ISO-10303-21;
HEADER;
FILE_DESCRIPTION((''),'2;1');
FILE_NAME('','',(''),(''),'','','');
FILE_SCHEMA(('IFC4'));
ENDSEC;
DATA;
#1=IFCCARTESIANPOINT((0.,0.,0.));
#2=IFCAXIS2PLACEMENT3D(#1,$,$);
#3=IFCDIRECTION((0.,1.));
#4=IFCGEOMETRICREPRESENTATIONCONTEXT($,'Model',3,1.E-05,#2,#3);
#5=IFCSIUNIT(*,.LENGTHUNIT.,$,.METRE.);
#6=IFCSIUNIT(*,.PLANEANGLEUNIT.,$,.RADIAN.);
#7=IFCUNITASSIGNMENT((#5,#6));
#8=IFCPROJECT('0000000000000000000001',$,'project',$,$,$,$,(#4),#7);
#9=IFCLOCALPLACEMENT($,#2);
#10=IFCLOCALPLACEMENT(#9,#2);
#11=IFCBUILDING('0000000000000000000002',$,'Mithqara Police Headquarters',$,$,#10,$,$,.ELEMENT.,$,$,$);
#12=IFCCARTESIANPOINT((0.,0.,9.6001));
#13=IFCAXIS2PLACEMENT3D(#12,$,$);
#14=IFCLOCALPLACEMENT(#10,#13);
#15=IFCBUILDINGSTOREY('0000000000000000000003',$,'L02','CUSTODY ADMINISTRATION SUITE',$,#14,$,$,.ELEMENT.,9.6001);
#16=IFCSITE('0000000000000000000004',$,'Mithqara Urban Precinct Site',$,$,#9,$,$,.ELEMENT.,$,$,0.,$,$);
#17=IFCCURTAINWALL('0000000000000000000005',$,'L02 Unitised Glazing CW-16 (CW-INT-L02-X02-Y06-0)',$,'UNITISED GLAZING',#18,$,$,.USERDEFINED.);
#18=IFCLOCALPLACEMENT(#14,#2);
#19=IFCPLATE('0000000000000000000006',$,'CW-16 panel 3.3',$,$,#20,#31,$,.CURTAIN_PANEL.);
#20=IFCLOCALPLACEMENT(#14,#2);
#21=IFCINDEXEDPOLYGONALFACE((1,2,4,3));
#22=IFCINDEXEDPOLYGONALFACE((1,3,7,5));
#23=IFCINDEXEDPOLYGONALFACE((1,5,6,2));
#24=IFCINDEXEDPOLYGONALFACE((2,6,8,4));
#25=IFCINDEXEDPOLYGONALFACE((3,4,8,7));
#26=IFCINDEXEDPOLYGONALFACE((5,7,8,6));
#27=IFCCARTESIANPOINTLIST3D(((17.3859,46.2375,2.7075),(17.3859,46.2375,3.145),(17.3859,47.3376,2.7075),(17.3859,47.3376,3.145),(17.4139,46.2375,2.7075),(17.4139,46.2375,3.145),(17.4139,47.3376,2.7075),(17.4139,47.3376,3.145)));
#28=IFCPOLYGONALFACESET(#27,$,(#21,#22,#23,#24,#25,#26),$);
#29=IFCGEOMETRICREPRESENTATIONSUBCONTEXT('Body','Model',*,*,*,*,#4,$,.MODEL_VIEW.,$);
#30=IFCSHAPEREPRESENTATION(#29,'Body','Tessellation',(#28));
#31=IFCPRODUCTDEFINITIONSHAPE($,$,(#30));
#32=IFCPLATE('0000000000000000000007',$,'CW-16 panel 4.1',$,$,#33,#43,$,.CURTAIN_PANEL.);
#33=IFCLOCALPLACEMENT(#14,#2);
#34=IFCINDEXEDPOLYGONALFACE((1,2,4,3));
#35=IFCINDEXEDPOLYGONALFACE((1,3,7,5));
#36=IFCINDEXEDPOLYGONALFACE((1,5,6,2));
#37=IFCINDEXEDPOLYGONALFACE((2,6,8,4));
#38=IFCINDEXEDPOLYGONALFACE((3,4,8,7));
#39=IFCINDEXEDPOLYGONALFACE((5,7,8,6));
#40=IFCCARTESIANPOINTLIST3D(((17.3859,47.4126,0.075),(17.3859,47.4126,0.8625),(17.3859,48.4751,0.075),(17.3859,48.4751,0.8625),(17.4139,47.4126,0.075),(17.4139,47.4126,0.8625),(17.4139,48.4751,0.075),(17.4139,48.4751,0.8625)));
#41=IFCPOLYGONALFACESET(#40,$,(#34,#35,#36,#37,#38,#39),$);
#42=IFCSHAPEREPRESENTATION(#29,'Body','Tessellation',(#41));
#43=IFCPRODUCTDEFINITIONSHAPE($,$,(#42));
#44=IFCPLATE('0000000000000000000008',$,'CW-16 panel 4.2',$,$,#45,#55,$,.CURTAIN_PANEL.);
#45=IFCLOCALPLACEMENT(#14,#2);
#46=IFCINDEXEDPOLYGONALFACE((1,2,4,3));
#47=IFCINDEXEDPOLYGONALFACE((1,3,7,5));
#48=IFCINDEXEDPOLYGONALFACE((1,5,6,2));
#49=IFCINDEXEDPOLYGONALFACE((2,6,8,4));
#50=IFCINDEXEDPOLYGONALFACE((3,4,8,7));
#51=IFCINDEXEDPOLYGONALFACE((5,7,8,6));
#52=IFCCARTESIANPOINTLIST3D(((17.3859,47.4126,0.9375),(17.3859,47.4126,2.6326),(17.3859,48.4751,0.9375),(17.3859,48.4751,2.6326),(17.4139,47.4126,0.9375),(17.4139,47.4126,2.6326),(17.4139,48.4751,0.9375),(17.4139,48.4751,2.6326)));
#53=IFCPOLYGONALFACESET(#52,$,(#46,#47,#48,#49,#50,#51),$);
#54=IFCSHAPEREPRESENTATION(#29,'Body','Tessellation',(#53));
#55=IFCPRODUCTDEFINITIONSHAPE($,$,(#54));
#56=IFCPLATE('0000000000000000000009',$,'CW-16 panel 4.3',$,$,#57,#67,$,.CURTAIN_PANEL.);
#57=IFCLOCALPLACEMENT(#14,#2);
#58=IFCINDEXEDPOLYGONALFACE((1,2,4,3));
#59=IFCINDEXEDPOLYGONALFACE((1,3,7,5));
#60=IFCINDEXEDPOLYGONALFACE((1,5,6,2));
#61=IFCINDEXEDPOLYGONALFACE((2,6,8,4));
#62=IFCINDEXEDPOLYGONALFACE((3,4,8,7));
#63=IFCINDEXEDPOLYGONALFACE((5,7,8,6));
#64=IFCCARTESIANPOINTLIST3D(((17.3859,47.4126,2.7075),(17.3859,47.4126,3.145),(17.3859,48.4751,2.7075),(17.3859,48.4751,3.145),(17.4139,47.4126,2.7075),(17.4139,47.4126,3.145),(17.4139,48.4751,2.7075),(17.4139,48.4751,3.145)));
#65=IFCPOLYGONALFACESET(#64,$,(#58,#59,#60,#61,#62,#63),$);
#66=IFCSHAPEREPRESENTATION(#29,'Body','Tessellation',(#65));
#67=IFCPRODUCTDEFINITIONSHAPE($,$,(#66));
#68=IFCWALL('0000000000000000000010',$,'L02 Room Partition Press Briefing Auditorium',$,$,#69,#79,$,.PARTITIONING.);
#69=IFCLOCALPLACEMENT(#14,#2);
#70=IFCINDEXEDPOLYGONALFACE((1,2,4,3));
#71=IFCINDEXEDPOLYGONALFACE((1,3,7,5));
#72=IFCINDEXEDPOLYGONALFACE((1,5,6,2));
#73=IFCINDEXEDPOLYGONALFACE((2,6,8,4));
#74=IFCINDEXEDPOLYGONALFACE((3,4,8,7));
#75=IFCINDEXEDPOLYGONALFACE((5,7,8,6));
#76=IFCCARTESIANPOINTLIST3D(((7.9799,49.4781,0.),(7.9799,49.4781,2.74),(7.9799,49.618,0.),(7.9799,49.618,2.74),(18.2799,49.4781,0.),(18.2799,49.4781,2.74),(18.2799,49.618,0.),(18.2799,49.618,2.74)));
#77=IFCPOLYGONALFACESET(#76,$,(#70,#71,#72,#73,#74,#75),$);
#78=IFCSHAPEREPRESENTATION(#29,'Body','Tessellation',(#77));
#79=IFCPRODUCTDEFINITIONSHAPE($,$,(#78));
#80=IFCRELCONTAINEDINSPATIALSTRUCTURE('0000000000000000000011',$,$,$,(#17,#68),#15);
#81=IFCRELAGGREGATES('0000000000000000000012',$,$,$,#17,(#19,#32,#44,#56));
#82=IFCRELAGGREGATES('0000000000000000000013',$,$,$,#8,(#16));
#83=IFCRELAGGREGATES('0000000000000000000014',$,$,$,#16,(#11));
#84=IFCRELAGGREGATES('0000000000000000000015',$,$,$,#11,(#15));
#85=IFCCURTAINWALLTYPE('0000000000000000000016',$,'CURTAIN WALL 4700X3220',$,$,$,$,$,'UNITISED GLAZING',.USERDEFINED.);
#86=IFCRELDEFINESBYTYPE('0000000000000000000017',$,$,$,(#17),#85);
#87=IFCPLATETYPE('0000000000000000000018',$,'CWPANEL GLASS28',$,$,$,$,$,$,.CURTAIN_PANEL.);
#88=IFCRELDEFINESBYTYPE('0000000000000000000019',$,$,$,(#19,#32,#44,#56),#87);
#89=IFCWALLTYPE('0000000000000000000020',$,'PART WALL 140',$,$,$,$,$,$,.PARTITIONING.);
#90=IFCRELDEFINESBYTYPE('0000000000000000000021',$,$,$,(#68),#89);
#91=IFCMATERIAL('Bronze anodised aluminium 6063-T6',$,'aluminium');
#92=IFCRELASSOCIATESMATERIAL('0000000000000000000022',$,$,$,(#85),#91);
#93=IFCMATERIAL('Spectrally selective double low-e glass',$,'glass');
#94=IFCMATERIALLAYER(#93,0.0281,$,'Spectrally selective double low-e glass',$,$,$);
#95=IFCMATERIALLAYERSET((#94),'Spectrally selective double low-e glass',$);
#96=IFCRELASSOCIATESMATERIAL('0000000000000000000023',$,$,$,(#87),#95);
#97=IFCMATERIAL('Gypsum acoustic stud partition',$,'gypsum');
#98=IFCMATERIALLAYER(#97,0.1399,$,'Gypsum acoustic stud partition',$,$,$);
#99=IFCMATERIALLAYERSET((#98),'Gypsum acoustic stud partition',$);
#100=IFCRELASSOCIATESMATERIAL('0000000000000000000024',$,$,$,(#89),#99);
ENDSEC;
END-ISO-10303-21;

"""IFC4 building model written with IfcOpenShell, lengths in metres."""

from ifc_helpers import new_model, si_unit, direction, frame, frame_2d, origin, origin_2d, place, context, subcontext, project, spatial, rectangle, extrude, material, layer, layer_set, type_object, element, aggregate, save


model = new_model("IFC4")

# Units and contexts
model_context = context("Model", 3, precision=1e-05, world=origin(), true_north=direction((0.0, 1.0)))
body_context = subcontext(model_context, "Body", "Model", "MODEL_VIEW")
ifc_project = project(units=[si_unit("LENGTHUNIT", "METRE"), si_unit("PLANEANGLEUNIT", "RADIAN")], contexts=[model_context])

# Site, building, storey
site_placement = place(None, origin())
site = spatial("IfcSite", under=ifc_project, at=site_placement, Name="Mithqara Urban Precinct Site", CompositionType="ELEMENT", RefElevation=0.0)
building_placement = place(site_placement, origin())
building = spatial("IfcBuilding", under=site, at=building_placement, Name="Mithqara Police Headquarters", CompositionType="ELEMENT")
storey_placement = place(building_placement, frame((0.0, 0.0, 9.6001)))
storey = spatial("IfcBuildingStorey", under=building, at=storey_placement, Name="L02", Description="CUSTODY ADMINISTRATION SUITE", CompositionType="ELEMENT", Elevation=9.6001)

# Curtain wall
ifc_material_1 = material(Name="Bronze anodised aluminium 6063-T6", Category="aluminium")
curtain_wall_type = type_object("IfcCurtainWallType", Name="CURTAIN WALL 4700X3220", ElementType="UNITISED GLAZING", PredefinedType="USERDEFINED", material=ifc_material_1)
curtain_wall_placement = place(storey_placement, origin())
curtain_wall = element("IfcCurtainWall", 1, at=curtain_wall_placement, inside=storey, type_object=curtain_wall_type, Name="L02 Unitised Glazing CW-16 (CW-INT-L02-X02-Y06-0)", ObjectType="UNITISED GLAZING", PredefinedType="USERDEFINED")

# Plates
ifc_material_2 = material(Name="Spectrally selective double low-e glass", Category="glass")
ifc_layer_1 = layer(ifc_material_2, 0.0281, Name="Spectrally selective double low-e glass")
ifc_layer_set_1 = layer_set([ifc_layer_1], Name="Spectrally selective double low-e glass")
plate_type = type_object("IfcPlateType", Name="CWPANEL GLASS28", PredefinedType="CURTAIN_PANEL", material=ifc_layer_set_1)
plate_1_placement = place(storey_placement, frame((17.3999, 46.7876, 2.7075), z_axis=(0.0, 0.0, 1.0), x_axis=(0.0, 1.0, 0.0)))
plate_1 = element("IfcPlate", 2, at=plate_1_placement, type_object=plate_type, Name="CW-16 panel 3.3", PredefinedType="CURTAIN_PANEL", context=body_context, shape_type="SweptSolid", body=[
    extrude(rectangle(XDim=1.1001, YDim=0.0281, at=origin_2d()), origin(), (0.0, 0.0, 1.0), 0.4375),
])
plate_2_placement = place(storey_placement, frame((17.3999, 47.9438, 0.075), z_axis=(0.0, 0.0, 1.0), x_axis=(0.0, 1.0, 0.0)))
plate_2 = element("IfcPlate", 3, at=plate_2_placement, type_object=plate_type, Name="CW-16 panel 4.1", PredefinedType="CURTAIN_PANEL", context=body_context, shape_type="SweptSolid", body=[
    extrude(rectangle(XDim=1.0625, YDim=0.0281, at=origin_2d()), origin(), (0.0, 0.0, 1.0), 0.7876),
])
plate_3_placement = place(storey_placement, frame((17.3999, 47.9438, 0.9375), z_axis=(0.0, 0.0, 1.0), x_axis=(0.0, 1.0, 0.0)))
plate_3 = element("IfcPlate", 4, at=plate_3_placement, type_object=plate_type, Name="CW-16 panel 4.2", PredefinedType="CURTAIN_PANEL", context=body_context, shape_type="SweptSolid", body=[
    extrude(rectangle(XDim=1.0625, YDim=0.0281, at=origin_2d()), origin(), (0.0, 0.0, 1.0), 1.6951),
])
plate_4_placement = place(storey_placement, frame((17.3999, 47.9438, 2.7075), z_axis=(0.0, 0.0, 1.0), x_axis=(0.0, 1.0, 0.0)))
plate_4 = element("IfcPlate", 5, at=plate_4_placement, type_object=plate_type, Name="CW-16 panel 4.3", PredefinedType="CURTAIN_PANEL", context=body_context, shape_type="SweptSolid", body=[
    extrude(rectangle(XDim=1.0625, YDim=0.0281, at=origin_2d()), origin(), (0.0, 0.0, 1.0), 0.4375),
])
aggregate(curtain_wall, [plate_1, plate_2, plate_3, plate_4])

# Wall
ifc_material_3 = material(Name="Gypsum acoustic stud partition", Category="gypsum")
ifc_layer_2 = layer(ifc_material_3, 0.1399, Name="Gypsum acoustic stud partition")
ifc_layer_set_2 = layer_set([ifc_layer_2], Name="Gypsum acoustic stud partition")
wall_type = type_object("IfcWallType", Name="PART WALL 140", PredefinedType="PARTITIONING", material=ifc_layer_set_2)
wall_placement = place(storey_placement, frame((7.98, 49.5481, 0.0), z_axis=(0.0, 0.0, 1.0), x_axis=(1.0, 0.0, 0.0)))
element("IfcWall", 6, at=wall_placement, inside=storey, type_object=wall_type, Name="L02 Room Partition Press Briefing Auditorium", PredefinedType="PARTITIONING", context=body_context, shape_type="SweptSolid", body=[
    extrude(rectangle(XDim=10.3, YDim=0.1399, at=frame_2d((5.1499, 0.0))), origin(), (0.0, 0.0, 1.0), 2.74),
])

save(model, "model.ifc")
